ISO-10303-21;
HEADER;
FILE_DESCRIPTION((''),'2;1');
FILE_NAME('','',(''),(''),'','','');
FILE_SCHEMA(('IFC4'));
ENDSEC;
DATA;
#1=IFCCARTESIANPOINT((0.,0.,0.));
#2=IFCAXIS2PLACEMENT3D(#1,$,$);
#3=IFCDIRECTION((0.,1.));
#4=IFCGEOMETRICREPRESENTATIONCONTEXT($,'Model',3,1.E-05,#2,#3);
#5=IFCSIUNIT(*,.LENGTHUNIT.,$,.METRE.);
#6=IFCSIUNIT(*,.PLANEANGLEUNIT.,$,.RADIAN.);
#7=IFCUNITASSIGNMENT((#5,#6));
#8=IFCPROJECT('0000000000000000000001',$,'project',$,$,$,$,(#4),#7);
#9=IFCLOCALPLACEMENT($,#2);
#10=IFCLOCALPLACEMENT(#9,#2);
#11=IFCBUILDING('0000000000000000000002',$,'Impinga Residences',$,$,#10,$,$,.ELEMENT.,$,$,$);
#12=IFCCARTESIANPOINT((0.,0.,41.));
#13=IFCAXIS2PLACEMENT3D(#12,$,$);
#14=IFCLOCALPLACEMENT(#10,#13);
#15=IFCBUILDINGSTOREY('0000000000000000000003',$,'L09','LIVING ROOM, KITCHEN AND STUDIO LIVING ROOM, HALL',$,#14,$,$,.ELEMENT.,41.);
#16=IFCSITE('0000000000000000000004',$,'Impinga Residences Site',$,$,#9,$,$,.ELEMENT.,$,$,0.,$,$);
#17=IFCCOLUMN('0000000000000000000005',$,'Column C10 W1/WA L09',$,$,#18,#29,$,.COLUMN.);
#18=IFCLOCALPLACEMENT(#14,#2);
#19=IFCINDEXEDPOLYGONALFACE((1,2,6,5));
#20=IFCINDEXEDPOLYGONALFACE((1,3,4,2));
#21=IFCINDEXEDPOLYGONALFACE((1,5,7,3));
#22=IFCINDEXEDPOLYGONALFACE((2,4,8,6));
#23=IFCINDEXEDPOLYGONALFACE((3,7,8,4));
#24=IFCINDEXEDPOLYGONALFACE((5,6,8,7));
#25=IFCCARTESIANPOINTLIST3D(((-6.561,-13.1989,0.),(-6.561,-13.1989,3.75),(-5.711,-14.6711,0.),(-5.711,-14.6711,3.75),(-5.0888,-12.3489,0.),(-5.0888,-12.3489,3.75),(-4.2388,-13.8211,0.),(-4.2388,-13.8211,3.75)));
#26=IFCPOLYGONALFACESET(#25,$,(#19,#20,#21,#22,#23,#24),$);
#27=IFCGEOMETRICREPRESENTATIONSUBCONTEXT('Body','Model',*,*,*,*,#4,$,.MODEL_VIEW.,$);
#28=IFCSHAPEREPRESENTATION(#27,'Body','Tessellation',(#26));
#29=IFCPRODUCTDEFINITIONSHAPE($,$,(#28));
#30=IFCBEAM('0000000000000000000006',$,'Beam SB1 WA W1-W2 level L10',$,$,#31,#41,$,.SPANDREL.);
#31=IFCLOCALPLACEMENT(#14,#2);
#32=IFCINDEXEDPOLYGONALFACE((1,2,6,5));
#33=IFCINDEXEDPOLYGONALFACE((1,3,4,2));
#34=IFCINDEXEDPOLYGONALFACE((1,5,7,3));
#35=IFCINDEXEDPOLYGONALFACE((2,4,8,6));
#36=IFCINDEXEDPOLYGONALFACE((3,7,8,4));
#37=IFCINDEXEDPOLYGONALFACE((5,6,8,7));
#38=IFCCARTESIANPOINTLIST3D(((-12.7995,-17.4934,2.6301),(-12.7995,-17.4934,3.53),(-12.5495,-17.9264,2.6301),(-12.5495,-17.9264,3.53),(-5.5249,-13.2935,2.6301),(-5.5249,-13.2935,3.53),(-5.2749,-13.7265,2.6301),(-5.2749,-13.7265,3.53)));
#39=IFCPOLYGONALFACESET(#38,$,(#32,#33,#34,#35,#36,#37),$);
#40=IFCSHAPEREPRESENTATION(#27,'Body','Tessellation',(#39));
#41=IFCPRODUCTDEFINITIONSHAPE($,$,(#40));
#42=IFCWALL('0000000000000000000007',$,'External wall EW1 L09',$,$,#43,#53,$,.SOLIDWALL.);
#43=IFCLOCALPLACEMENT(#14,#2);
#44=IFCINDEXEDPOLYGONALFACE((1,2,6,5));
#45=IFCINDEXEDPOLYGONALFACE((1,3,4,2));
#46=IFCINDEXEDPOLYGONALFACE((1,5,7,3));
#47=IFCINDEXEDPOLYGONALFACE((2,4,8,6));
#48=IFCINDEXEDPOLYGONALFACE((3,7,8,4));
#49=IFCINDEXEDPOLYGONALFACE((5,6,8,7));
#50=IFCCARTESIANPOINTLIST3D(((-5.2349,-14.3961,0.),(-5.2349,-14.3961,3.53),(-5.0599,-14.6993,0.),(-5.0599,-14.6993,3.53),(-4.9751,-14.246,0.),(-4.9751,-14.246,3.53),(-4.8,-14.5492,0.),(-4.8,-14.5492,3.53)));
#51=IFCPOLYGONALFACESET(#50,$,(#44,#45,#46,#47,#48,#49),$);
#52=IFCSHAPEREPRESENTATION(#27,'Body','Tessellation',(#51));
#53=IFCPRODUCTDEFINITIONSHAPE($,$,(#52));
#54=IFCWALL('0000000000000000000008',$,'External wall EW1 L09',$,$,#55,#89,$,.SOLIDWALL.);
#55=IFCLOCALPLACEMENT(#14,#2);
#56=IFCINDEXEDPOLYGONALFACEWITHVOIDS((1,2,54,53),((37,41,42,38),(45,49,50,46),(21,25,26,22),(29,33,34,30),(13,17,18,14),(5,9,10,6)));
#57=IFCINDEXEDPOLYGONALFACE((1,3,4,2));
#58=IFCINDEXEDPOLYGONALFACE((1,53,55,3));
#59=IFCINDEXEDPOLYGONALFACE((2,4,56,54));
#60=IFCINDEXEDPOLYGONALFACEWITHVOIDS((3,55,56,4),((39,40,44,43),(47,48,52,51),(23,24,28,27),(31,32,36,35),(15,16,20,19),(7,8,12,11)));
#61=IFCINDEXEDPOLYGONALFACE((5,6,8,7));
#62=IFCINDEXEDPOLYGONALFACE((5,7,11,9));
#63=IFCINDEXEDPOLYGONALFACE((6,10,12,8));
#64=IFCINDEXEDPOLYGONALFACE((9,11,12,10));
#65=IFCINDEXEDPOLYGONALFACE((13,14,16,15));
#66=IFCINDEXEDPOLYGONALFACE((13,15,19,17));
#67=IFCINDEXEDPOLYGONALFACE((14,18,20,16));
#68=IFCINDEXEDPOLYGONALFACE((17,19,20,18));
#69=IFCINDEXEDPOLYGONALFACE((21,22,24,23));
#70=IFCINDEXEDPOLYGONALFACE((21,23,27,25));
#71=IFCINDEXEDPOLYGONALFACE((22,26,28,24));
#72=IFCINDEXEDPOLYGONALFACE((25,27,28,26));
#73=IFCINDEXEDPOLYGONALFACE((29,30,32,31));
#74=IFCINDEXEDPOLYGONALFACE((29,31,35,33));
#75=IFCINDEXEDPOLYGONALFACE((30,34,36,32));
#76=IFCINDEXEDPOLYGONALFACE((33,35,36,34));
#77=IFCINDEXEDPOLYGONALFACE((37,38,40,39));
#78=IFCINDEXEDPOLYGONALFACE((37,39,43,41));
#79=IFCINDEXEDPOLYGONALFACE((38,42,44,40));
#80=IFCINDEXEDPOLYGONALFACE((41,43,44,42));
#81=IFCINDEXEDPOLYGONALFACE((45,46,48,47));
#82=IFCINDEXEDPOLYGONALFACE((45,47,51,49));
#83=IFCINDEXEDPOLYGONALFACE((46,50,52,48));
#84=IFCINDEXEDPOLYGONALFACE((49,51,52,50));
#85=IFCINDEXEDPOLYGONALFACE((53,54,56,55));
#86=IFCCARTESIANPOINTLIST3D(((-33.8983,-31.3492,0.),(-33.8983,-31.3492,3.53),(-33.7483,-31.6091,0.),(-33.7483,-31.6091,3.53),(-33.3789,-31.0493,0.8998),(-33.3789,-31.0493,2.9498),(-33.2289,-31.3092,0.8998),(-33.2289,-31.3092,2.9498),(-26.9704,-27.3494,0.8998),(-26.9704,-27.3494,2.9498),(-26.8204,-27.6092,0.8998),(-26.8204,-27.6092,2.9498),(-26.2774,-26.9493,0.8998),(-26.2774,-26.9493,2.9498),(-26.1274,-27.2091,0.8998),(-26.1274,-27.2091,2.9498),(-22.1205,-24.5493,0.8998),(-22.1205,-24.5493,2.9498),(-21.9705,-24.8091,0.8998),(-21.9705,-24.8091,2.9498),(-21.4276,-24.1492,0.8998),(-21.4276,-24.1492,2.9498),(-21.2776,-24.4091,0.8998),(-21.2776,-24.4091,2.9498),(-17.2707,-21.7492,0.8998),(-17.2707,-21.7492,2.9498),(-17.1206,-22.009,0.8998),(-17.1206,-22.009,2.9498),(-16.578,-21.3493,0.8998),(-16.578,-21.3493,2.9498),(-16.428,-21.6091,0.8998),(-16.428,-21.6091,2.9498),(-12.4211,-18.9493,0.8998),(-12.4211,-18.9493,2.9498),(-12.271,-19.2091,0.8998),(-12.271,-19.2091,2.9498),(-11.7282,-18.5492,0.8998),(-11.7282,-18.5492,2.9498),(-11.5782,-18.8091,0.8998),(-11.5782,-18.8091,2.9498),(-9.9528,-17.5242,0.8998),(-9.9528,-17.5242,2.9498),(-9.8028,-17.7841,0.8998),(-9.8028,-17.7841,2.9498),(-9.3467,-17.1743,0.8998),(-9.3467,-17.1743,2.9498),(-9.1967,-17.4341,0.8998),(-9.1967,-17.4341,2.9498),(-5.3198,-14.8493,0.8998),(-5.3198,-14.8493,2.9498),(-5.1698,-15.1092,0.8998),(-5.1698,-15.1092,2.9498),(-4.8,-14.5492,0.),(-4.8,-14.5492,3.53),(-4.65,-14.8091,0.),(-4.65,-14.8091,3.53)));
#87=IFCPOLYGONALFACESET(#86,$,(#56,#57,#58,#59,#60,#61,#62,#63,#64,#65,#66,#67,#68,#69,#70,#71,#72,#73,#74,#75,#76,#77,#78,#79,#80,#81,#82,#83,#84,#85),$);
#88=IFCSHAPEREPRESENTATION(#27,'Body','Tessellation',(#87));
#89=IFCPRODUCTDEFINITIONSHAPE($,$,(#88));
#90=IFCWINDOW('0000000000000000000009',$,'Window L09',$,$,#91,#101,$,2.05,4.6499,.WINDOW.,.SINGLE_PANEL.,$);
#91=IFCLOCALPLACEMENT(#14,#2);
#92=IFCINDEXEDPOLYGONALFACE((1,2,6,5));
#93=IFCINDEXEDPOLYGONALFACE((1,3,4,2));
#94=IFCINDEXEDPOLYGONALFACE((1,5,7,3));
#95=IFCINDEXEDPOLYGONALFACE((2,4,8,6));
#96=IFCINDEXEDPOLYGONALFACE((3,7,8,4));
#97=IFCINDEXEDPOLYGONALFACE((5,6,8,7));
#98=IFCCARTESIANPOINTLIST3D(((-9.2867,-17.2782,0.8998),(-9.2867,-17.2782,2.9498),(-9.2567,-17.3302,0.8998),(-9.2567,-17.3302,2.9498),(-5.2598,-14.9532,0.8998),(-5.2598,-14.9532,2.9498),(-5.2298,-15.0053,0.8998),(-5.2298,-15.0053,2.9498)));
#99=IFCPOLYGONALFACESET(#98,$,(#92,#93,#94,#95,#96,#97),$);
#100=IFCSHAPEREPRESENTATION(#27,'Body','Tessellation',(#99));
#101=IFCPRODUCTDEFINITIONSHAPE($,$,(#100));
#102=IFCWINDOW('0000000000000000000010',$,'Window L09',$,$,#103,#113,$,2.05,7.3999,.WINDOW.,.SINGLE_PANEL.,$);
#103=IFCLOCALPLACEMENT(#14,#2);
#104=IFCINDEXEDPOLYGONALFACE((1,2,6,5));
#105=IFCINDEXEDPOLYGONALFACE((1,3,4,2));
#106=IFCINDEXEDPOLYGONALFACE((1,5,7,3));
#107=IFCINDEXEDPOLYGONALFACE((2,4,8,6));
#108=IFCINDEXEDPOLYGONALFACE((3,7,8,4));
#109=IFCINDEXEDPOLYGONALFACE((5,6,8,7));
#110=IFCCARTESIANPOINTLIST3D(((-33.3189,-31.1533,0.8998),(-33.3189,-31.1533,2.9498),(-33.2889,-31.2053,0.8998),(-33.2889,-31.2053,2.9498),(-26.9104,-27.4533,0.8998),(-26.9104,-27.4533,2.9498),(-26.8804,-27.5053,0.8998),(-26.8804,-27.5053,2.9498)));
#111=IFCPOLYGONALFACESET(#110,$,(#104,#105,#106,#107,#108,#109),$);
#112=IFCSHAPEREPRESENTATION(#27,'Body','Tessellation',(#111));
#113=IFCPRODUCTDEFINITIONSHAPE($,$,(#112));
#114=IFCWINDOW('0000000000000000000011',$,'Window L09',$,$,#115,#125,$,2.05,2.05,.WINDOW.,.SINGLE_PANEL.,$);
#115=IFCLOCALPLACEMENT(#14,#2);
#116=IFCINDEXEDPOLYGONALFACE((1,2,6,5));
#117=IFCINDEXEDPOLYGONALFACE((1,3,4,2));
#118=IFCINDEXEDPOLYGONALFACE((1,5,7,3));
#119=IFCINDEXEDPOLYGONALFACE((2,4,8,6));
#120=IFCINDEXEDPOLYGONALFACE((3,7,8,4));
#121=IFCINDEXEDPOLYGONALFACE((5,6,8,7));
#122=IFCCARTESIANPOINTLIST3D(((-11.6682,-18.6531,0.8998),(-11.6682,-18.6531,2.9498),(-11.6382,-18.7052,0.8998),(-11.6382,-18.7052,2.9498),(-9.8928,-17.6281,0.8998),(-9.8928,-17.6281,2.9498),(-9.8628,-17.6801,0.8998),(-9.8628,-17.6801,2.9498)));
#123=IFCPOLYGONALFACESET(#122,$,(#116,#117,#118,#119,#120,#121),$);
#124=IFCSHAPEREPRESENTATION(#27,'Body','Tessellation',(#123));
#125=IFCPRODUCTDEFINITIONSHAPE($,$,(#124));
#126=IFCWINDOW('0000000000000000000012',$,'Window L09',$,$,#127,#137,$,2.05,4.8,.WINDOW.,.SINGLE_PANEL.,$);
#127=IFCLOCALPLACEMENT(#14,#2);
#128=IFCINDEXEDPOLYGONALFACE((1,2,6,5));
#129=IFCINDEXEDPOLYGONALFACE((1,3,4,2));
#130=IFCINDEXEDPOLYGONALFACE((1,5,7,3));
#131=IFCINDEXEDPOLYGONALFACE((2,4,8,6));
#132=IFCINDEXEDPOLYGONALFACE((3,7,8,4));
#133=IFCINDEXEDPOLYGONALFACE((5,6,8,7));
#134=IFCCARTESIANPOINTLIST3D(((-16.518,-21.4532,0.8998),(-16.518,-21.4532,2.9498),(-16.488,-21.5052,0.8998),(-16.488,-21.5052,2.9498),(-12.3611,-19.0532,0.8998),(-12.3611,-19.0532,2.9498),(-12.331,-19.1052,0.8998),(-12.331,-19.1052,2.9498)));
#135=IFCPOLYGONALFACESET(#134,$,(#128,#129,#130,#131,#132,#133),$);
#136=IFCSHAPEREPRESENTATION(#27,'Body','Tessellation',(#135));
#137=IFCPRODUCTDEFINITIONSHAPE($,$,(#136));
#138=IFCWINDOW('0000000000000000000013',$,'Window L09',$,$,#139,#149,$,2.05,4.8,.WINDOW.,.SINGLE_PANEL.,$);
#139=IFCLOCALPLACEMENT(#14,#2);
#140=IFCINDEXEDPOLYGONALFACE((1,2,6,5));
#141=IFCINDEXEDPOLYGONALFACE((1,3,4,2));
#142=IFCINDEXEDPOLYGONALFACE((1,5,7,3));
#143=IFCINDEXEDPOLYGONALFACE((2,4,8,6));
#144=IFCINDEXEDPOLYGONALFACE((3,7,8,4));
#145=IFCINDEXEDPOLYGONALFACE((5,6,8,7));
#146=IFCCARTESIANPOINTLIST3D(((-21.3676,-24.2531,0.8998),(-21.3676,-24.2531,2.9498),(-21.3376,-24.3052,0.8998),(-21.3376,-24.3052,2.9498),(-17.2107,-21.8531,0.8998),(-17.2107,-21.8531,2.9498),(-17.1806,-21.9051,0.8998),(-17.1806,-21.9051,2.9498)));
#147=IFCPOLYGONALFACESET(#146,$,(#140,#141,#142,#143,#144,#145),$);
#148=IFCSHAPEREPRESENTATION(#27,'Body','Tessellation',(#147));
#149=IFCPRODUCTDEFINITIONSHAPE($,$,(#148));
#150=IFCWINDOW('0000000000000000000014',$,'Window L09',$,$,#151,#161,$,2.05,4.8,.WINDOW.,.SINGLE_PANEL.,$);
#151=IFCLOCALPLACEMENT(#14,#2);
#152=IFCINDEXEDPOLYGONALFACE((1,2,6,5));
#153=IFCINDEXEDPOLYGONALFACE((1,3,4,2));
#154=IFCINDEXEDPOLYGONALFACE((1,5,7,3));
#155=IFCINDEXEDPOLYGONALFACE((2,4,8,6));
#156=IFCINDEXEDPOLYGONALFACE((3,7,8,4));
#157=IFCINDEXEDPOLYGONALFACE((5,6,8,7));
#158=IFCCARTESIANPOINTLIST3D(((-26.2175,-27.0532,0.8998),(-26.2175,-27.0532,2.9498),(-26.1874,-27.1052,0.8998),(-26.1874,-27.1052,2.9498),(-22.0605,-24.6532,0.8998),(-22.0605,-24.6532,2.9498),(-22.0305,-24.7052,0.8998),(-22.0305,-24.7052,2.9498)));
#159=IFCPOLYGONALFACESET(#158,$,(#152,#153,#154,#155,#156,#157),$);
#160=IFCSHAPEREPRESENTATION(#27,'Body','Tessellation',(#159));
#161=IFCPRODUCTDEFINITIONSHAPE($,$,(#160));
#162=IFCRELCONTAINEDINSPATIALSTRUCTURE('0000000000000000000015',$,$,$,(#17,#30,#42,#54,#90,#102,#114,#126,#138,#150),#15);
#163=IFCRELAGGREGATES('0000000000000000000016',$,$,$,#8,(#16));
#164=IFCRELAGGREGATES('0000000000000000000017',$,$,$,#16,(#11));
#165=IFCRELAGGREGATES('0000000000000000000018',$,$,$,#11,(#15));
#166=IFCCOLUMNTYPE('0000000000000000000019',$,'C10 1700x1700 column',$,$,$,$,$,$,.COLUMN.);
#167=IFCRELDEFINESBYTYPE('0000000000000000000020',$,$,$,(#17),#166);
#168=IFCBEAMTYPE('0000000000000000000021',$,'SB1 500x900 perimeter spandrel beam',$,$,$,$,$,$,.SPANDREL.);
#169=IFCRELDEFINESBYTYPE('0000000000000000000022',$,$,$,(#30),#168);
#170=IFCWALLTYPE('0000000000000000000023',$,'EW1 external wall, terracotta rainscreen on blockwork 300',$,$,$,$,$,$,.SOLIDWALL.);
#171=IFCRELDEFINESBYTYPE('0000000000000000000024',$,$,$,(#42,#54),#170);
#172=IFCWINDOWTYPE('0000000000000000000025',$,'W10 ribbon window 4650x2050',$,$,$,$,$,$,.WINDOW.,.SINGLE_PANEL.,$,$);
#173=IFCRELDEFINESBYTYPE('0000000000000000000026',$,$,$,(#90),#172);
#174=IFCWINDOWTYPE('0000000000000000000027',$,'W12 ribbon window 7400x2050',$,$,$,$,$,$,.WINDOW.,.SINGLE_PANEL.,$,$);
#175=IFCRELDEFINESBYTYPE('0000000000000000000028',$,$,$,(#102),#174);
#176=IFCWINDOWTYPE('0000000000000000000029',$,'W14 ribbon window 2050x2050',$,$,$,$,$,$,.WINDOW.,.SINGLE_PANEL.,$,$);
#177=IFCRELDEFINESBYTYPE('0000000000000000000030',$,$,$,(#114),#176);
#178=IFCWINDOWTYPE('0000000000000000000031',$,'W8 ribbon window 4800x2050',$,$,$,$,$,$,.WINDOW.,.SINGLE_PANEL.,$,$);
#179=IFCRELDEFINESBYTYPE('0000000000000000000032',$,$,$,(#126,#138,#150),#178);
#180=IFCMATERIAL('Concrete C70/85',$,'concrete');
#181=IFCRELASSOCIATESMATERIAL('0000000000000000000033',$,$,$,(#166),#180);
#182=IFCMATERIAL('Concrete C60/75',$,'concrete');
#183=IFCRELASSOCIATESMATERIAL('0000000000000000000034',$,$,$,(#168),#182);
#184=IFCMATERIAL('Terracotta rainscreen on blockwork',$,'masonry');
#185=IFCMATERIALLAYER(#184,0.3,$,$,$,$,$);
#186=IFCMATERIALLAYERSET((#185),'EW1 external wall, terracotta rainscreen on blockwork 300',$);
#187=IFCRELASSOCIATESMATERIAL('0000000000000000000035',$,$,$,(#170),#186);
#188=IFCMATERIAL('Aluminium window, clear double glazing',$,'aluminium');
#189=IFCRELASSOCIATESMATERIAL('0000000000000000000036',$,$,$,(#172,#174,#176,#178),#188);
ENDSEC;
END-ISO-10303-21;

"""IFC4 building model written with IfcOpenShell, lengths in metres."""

from ifc_helpers import new_model, si_unit, direction, frame, frame_2d, origin, origin_2d, place, context, subcontext, project, spatial, rectangle, extrude, material, layer, layer_set, material_profile, profile_set, type_object, element, fill, save


model = new_model("IFC4")

# Units and contexts
model_context = context("Model", 3, precision=1e-05, world=origin(), true_north=direction((0.0, 1.0)))
body_context = subcontext(model_context, "Body", "Model", "MODEL_VIEW")
ifc_project = project(units=[si_unit("LENGTHUNIT", "METRE"), si_unit("PLANEANGLEUNIT", "RADIAN")], contexts=[model_context])

# Site, building, storey
site_placement = place(None, origin())
site = spatial("IfcSite", under=ifc_project, at=site_placement, Name="Impinga Residences Site", CompositionType="ELEMENT", RefElevation=0.0)
building_placement = place(site_placement, origin())
building = spatial("IfcBuilding", under=site, at=building_placement, Name="Impinga Residences", CompositionType="ELEMENT")
storey_placement = place(building_placement, frame((0.0, 0.0, 41.0)))
storey = spatial("IfcBuildingStorey", under=building, at=storey_placement, Name="L09", Description="LIVING ROOM, KITCHEN AND STUDIO LIVING ROOM, HALL", CompositionType="ELEMENT", Elevation=41.0)

# Column
ifc_material_1 = material(Name="Concrete C70/85", Category="concrete")
ifc_material_profile_1 = material_profile(ifc_material_1, rectangle(XDim=1.7, YDim=1.7, at=origin_2d()), Name="RC 1700x1700")
ifc_profile_set_1 = profile_set([ifc_material_profile_1], Name="Concrete C70/85")
column_type = type_object("IfcColumnType", Name="C10 1700x1700 column", PredefinedType="COLUMN", material=ifc_profile_set_1)
column_placement = place(storey_placement, frame((-5.3999, -13.51, 0.0), z_axis=(0.0, 0.0, 1.0), x_axis=(-0.5, 0.866025, 0.0)))
element("IfcColumn", 1, at=column_placement, inside=storey, type_object=column_type, Name="Column C10 W1/WA L09", PredefinedType="COLUMN", context=body_context, shape_type="SweptSolid", body=[
    extrude(rectangle(XDim=1.7, YDim=1.7, at=origin_2d()), origin(), (0.0, 0.0, 1.0), 3.75),
])

# Beam
ifc_material_2 = material(Name="Concrete C60/75", Category="concrete")
ifc_material_profile_2 = material_profile(ifc_material_2, rectangle(XDim=0.5, YDim=0.8999, at=origin_2d()), Name="RC 500x900")
ifc_profile_set_2 = profile_set([ifc_material_profile_2], Name="Concrete C60/75")
beam_type = type_object("IfcBeamType", Name="SB1 500x900 perimeter spandrel beam", PredefinedType="SPANDREL", material=ifc_profile_set_2)
beam_placement = place(storey_placement, frame((-5.3999, -13.51, 3.0801), z_axis=(-0.866029, -0.499993, 0.0), x_axis=(0.499993, -0.866029, 0.0)))
element("IfcBeam", 2, at=beam_placement, inside=storey, type_object=beam_type, Name="Beam SB1 WA W1-W2 level L10", PredefinedType="SPANDREL", context=body_context, shape_type="SweptSolid", body=[
    extrude(rectangle(XDim=0.5, YDim=0.8999, at=origin_2d()), origin(), (0.0, 0.0, 1.0), 8.3999),
])

# Wall
ifc_material_3 = material(Name="Terracotta rainscreen on blockwork", Category="masonry")
ifc_layer_1 = layer(ifc_material_3, 0.3)
ifc_layer_set_1 = layer_set([ifc_layer_1], Name="EW1 external wall, terracotta rainscreen on blockwork 300")
wall_type_1 = type_object("IfcWallType", Name="EW1 external wall, terracotta rainscreen on blockwork 300", PredefinedType="SOLIDWALL", material=ifc_layer_set_1)
wall_1_placement = place(storey_placement, frame((-5.105, -14.321, 0.0), z_axis=(0.0, 0.0, 1.0), x_axis=(0.499964, -0.866046, 0.0)))
element("IfcWall", 3, at=wall_1_placement, inside=storey, type_object=wall_type_1, Name="External wall EW1 L09", PredefinedType="SOLIDWALL", context=body_context, shape_type="SweptSolid", body=[
    extrude(rectangle(XDim=0.3501, YDim=0.3, at=frame_2d((0.175, 0.0))), origin(), (0.0, 0.0, 1.0), 3.53),
])

# Wall, openings, windows
wall_2_placement = place(storey_placement, frame((-4.7251, -14.6792, 0.0), z_axis=(0.0, 0.0, 1.0), x_axis=(-0.866024, -0.500002, 0.0)))
wall_2 = element("IfcWall", 4, at=wall_2_placement, inside=storey, type_object=wall_type_1, Name="External wall EW1 L09", PredefinedType="SOLIDWALL", context=body_context, shape_type="SweptSolid", body=[
    extrude(rectangle(XDim=33.5999, YDim=0.3, at=frame_2d((16.7998, 0.0))), origin(), (0.0, 0.0, 1.0), 3.53),
])
opening_1_placement = place(wall_2_placement, frame((0.6001, 0.0, 0.8999)))
opening_1 = element("IfcOpeningElement", 5, at=opening_1_placement, cuts=wall_2, PredefinedType="OPENING", context=body_context, shape_type="SweptSolid", body=[
    extrude(rectangle(XDim=4.6499, YDim=2.05, at=frame_2d((2.325, 1.0249))), frame((0.0, 0.1599, 0.0), z_axis=(0.0, -1.0, 0.0), x_axis=(1.0, 0.0, 0.0)), (0.0, 0.0, 1.0), 0.3201),
])
opening_2_placement = place(wall_2_placement, frame((5.95, 0.0, 0.8999)))
opening_2 = element("IfcOpeningElement", 6, at=opening_2_placement, cuts=wall_2, PredefinedType="OPENING", context=body_context, shape_type="SweptSolid", body=[
    extrude(rectangle(XDim=2.05, YDim=2.05, at=frame_2d((1.0249, 1.0249))), frame((0.0, 0.1599, 0.0), z_axis=(0.0, -1.0, 0.0), x_axis=(1.0, 0.0, 0.0)), (0.0, 0.0, 1.0), 0.3201),
])
opening_3_placement = place(wall_2_placement, frame((8.8, 0.0, 0.8999)))
opening_3 = element("IfcOpeningElement", 7, at=opening_3_placement, cuts=wall_2, PredefinedType="OPENING", context=body_context, shape_type="SweptSolid", body=[
    extrude(rectangle(XDim=4.8, YDim=2.05, at=frame_2d((2.3999, 1.0249))), frame((0.0, 0.1599, 0.0), z_axis=(0.0, -1.0, 0.0), x_axis=(1.0, 0.0, 0.0)), (0.0, 0.0, 1.0), 0.3201),
])
opening_4_placement = place(wall_2_placement, frame((14.3999, 0.0, 0.8999)))
opening_4 = element("IfcOpeningElement", 8, at=opening_4_placement, cuts=wall_2, PredefinedType="OPENING", context=body_context, shape_type="SweptSolid", body=[
    extrude(rectangle(XDim=4.8, YDim=2.05, at=frame_2d((2.3999, 1.0249))), frame((0.0, 0.1599, 0.0), z_axis=(0.0, -1.0, 0.0), x_axis=(1.0, 0.0, 0.0)), (0.0, 0.0, 1.0), 0.3201),
])
opening_5_placement = place(wall_2_placement, frame((20.0, 0.0, 0.8999)))
opening_5 = element("IfcOpeningElement", 9, at=opening_5_placement, cuts=wall_2, PredefinedType="OPENING", context=body_context, shape_type="SweptSolid", body=[
    extrude(rectangle(XDim=4.8, YDim=2.05, at=frame_2d((2.3999, 1.0249))), frame((0.0, 0.1599, 0.0), z_axis=(0.0, -1.0, 0.0), x_axis=(1.0, 0.0, 0.0)), (0.0, 0.0, 1.0), 0.3201),
])
opening_6_placement = place(wall_2_placement, frame((25.6001, 0.0, 0.8999)))
opening_6 = element("IfcOpeningElement", 10, at=opening_6_placement, cuts=wall_2, PredefinedType="OPENING", context=body_context, shape_type="SweptSolid", body=[
    extrude(rectangle(XDim=7.3999, YDim=2.05, at=frame_2d((3.7, 1.0249))), frame((0.0, 0.1599, 0.0), z_axis=(0.0, -1.0, 0.0), x_axis=(1.0, 0.0, 0.0)), (0.0, 0.0, 1.0), 0.3201),
])
ifc_material_4 = material(Name="Aluminium window, clear double glazing", Category="aluminium")
window_type_1 = type_object("IfcWindowType", Name="W10 ribbon window 4650x2050", PartitioningType="SINGLE_PANEL", PredefinedType="WINDOW", material=ifc_material_4)
window_1_placement = place(opening_1_placement, origin())
window_1 = element("IfcWindow", 11, at=window_1_placement, inside=storey, type_object=window_type_1, Name="Window L09", OverallHeight=2.05, OverallWidth=4.6499, PartitioningType="SINGLE_PANEL", PredefinedType="WINDOW", context=body_context, shape_type="SweptSolid", body=[
    extrude(rectangle(XDim=4.6499, YDim=2.05, at=frame_2d((2.325, 1.0249))), frame((0.0, 0.03, 0.0), z_axis=(0.0, -1.0, 0.0), x_axis=(1.0, 0.0, 0.0)), (0.0, 0.0, 1.0), 0.0601),
])
fill(opening_1, window_1)
window_type_2 = type_object("IfcWindowType", Name="W12 ribbon window 7400x2050", PartitioningType="SINGLE_PANEL", PredefinedType="WINDOW", material=ifc_material_4)
window_2_placement = place(opening_6_placement, origin())
window_2 = element("IfcWindow", 12, at=window_2_placement, inside=storey, type_object=window_type_2, Name="Window L09", OverallHeight=2.05, OverallWidth=7.3999, PartitioningType="SINGLE_PANEL", PredefinedType="WINDOW", context=body_context, shape_type="SweptSolid", body=[
    extrude(rectangle(XDim=7.3999, YDim=2.05, at=frame_2d((3.7, 1.0249))), frame((0.0, 0.03, 0.0), z_axis=(0.0, -1.0, 0.0), x_axis=(1.0, 0.0, 0.0)), (0.0, 0.0, 1.0), 0.0601),
])
fill(opening_6, window_2)
window_type_3 = type_object("IfcWindowType", Name="W14 ribbon window 2050x2050", PartitioningType="SINGLE_PANEL", PredefinedType="WINDOW", material=ifc_material_4)
window_3_placement = place(opening_2_placement, origin())
window_3 = element("IfcWindow", 13, at=window_3_placement, inside=storey, type_object=window_type_3, Name="Window L09", OverallHeight=2.05, OverallWidth=2.05, PartitioningType="SINGLE_PANEL", PredefinedType="WINDOW", context=body_context, shape_type="SweptSolid", body=[
    extrude(rectangle(XDim=2.05, YDim=2.05, at=frame_2d((1.0249, 1.0249))), frame((0.0, 0.03, 0.0), z_axis=(0.0, -1.0, 0.0), x_axis=(1.0, 0.0, 0.0)), (0.0, 0.0, 1.0), 0.0601),
])
fill(opening_2, window_3)
window_type_4 = type_object("IfcWindowType", Name="W8 ribbon window 4800x2050", PartitioningType="SINGLE_PANEL", PredefinedType="WINDOW", material=ifc_material_4)
window_4_placement = place(opening_3_placement, origin())
window_4 = element("IfcWindow", 14, at=window_4_placement, inside=storey, type_object=window_type_4, Name="Window L09", OverallHeight=2.05, OverallWidth=4.8, PartitioningType="SINGLE_PANEL", PredefinedType="WINDOW", context=body_context, shape_type="SweptSolid", body=[
    extrude(rectangle(XDim=4.8, YDim=2.05, at=frame_2d((2.3999, 1.0249))), frame((0.0, 0.03, 0.0), z_axis=(0.0, -1.0, 0.0), x_axis=(1.0, 0.0, 0.0)), (0.0, 0.0, 1.0), 0.0601),
])
fill(opening_3, window_4)
window_5_placement = place(opening_4_placement, origin())
window_5 = element("IfcWindow", 15, at=window_5_placement, inside=storey, type_object=window_type_4, Name="Window L09", OverallHeight=2.05, OverallWidth=4.8, PartitioningType="SINGLE_PANEL", PredefinedType="WINDOW", context=body_context, shape_type="SweptSolid", body=[
    extrude(rectangle(XDim=4.8, YDim=2.05, at=frame_2d((2.3999, 1.0249))), frame((0.0, 0.03, 0.0), z_axis=(0.0, -1.0, 0.0), x_axis=(1.0, 0.0, 0.0)), (0.0, 0.0, 1.0), 0.0601),
])
fill(opening_4, window_5)
window_6_placement = place(opening_5_placement, origin())
window_6 = element("IfcWindow", 16, at=window_6_placement, inside=storey, type_object=window_type_4, Name="Window L09", OverallHeight=2.05, OverallWidth=4.8, PartitioningType="SINGLE_PANEL", PredefinedType="WINDOW", context=body_context, shape_type="SweptSolid", body=[
    extrude(rectangle(XDim=4.8, YDim=2.05, at=frame_2d((2.3999, 1.0249))), frame((0.0, 0.03, 0.0), z_axis=(0.0, -1.0, 0.0), x_axis=(1.0, 0.0, 0.0)), (0.0, 0.0, 1.0), 0.0601),
])
fill(opening_5, window_6)

save(model, "model.ifc")
